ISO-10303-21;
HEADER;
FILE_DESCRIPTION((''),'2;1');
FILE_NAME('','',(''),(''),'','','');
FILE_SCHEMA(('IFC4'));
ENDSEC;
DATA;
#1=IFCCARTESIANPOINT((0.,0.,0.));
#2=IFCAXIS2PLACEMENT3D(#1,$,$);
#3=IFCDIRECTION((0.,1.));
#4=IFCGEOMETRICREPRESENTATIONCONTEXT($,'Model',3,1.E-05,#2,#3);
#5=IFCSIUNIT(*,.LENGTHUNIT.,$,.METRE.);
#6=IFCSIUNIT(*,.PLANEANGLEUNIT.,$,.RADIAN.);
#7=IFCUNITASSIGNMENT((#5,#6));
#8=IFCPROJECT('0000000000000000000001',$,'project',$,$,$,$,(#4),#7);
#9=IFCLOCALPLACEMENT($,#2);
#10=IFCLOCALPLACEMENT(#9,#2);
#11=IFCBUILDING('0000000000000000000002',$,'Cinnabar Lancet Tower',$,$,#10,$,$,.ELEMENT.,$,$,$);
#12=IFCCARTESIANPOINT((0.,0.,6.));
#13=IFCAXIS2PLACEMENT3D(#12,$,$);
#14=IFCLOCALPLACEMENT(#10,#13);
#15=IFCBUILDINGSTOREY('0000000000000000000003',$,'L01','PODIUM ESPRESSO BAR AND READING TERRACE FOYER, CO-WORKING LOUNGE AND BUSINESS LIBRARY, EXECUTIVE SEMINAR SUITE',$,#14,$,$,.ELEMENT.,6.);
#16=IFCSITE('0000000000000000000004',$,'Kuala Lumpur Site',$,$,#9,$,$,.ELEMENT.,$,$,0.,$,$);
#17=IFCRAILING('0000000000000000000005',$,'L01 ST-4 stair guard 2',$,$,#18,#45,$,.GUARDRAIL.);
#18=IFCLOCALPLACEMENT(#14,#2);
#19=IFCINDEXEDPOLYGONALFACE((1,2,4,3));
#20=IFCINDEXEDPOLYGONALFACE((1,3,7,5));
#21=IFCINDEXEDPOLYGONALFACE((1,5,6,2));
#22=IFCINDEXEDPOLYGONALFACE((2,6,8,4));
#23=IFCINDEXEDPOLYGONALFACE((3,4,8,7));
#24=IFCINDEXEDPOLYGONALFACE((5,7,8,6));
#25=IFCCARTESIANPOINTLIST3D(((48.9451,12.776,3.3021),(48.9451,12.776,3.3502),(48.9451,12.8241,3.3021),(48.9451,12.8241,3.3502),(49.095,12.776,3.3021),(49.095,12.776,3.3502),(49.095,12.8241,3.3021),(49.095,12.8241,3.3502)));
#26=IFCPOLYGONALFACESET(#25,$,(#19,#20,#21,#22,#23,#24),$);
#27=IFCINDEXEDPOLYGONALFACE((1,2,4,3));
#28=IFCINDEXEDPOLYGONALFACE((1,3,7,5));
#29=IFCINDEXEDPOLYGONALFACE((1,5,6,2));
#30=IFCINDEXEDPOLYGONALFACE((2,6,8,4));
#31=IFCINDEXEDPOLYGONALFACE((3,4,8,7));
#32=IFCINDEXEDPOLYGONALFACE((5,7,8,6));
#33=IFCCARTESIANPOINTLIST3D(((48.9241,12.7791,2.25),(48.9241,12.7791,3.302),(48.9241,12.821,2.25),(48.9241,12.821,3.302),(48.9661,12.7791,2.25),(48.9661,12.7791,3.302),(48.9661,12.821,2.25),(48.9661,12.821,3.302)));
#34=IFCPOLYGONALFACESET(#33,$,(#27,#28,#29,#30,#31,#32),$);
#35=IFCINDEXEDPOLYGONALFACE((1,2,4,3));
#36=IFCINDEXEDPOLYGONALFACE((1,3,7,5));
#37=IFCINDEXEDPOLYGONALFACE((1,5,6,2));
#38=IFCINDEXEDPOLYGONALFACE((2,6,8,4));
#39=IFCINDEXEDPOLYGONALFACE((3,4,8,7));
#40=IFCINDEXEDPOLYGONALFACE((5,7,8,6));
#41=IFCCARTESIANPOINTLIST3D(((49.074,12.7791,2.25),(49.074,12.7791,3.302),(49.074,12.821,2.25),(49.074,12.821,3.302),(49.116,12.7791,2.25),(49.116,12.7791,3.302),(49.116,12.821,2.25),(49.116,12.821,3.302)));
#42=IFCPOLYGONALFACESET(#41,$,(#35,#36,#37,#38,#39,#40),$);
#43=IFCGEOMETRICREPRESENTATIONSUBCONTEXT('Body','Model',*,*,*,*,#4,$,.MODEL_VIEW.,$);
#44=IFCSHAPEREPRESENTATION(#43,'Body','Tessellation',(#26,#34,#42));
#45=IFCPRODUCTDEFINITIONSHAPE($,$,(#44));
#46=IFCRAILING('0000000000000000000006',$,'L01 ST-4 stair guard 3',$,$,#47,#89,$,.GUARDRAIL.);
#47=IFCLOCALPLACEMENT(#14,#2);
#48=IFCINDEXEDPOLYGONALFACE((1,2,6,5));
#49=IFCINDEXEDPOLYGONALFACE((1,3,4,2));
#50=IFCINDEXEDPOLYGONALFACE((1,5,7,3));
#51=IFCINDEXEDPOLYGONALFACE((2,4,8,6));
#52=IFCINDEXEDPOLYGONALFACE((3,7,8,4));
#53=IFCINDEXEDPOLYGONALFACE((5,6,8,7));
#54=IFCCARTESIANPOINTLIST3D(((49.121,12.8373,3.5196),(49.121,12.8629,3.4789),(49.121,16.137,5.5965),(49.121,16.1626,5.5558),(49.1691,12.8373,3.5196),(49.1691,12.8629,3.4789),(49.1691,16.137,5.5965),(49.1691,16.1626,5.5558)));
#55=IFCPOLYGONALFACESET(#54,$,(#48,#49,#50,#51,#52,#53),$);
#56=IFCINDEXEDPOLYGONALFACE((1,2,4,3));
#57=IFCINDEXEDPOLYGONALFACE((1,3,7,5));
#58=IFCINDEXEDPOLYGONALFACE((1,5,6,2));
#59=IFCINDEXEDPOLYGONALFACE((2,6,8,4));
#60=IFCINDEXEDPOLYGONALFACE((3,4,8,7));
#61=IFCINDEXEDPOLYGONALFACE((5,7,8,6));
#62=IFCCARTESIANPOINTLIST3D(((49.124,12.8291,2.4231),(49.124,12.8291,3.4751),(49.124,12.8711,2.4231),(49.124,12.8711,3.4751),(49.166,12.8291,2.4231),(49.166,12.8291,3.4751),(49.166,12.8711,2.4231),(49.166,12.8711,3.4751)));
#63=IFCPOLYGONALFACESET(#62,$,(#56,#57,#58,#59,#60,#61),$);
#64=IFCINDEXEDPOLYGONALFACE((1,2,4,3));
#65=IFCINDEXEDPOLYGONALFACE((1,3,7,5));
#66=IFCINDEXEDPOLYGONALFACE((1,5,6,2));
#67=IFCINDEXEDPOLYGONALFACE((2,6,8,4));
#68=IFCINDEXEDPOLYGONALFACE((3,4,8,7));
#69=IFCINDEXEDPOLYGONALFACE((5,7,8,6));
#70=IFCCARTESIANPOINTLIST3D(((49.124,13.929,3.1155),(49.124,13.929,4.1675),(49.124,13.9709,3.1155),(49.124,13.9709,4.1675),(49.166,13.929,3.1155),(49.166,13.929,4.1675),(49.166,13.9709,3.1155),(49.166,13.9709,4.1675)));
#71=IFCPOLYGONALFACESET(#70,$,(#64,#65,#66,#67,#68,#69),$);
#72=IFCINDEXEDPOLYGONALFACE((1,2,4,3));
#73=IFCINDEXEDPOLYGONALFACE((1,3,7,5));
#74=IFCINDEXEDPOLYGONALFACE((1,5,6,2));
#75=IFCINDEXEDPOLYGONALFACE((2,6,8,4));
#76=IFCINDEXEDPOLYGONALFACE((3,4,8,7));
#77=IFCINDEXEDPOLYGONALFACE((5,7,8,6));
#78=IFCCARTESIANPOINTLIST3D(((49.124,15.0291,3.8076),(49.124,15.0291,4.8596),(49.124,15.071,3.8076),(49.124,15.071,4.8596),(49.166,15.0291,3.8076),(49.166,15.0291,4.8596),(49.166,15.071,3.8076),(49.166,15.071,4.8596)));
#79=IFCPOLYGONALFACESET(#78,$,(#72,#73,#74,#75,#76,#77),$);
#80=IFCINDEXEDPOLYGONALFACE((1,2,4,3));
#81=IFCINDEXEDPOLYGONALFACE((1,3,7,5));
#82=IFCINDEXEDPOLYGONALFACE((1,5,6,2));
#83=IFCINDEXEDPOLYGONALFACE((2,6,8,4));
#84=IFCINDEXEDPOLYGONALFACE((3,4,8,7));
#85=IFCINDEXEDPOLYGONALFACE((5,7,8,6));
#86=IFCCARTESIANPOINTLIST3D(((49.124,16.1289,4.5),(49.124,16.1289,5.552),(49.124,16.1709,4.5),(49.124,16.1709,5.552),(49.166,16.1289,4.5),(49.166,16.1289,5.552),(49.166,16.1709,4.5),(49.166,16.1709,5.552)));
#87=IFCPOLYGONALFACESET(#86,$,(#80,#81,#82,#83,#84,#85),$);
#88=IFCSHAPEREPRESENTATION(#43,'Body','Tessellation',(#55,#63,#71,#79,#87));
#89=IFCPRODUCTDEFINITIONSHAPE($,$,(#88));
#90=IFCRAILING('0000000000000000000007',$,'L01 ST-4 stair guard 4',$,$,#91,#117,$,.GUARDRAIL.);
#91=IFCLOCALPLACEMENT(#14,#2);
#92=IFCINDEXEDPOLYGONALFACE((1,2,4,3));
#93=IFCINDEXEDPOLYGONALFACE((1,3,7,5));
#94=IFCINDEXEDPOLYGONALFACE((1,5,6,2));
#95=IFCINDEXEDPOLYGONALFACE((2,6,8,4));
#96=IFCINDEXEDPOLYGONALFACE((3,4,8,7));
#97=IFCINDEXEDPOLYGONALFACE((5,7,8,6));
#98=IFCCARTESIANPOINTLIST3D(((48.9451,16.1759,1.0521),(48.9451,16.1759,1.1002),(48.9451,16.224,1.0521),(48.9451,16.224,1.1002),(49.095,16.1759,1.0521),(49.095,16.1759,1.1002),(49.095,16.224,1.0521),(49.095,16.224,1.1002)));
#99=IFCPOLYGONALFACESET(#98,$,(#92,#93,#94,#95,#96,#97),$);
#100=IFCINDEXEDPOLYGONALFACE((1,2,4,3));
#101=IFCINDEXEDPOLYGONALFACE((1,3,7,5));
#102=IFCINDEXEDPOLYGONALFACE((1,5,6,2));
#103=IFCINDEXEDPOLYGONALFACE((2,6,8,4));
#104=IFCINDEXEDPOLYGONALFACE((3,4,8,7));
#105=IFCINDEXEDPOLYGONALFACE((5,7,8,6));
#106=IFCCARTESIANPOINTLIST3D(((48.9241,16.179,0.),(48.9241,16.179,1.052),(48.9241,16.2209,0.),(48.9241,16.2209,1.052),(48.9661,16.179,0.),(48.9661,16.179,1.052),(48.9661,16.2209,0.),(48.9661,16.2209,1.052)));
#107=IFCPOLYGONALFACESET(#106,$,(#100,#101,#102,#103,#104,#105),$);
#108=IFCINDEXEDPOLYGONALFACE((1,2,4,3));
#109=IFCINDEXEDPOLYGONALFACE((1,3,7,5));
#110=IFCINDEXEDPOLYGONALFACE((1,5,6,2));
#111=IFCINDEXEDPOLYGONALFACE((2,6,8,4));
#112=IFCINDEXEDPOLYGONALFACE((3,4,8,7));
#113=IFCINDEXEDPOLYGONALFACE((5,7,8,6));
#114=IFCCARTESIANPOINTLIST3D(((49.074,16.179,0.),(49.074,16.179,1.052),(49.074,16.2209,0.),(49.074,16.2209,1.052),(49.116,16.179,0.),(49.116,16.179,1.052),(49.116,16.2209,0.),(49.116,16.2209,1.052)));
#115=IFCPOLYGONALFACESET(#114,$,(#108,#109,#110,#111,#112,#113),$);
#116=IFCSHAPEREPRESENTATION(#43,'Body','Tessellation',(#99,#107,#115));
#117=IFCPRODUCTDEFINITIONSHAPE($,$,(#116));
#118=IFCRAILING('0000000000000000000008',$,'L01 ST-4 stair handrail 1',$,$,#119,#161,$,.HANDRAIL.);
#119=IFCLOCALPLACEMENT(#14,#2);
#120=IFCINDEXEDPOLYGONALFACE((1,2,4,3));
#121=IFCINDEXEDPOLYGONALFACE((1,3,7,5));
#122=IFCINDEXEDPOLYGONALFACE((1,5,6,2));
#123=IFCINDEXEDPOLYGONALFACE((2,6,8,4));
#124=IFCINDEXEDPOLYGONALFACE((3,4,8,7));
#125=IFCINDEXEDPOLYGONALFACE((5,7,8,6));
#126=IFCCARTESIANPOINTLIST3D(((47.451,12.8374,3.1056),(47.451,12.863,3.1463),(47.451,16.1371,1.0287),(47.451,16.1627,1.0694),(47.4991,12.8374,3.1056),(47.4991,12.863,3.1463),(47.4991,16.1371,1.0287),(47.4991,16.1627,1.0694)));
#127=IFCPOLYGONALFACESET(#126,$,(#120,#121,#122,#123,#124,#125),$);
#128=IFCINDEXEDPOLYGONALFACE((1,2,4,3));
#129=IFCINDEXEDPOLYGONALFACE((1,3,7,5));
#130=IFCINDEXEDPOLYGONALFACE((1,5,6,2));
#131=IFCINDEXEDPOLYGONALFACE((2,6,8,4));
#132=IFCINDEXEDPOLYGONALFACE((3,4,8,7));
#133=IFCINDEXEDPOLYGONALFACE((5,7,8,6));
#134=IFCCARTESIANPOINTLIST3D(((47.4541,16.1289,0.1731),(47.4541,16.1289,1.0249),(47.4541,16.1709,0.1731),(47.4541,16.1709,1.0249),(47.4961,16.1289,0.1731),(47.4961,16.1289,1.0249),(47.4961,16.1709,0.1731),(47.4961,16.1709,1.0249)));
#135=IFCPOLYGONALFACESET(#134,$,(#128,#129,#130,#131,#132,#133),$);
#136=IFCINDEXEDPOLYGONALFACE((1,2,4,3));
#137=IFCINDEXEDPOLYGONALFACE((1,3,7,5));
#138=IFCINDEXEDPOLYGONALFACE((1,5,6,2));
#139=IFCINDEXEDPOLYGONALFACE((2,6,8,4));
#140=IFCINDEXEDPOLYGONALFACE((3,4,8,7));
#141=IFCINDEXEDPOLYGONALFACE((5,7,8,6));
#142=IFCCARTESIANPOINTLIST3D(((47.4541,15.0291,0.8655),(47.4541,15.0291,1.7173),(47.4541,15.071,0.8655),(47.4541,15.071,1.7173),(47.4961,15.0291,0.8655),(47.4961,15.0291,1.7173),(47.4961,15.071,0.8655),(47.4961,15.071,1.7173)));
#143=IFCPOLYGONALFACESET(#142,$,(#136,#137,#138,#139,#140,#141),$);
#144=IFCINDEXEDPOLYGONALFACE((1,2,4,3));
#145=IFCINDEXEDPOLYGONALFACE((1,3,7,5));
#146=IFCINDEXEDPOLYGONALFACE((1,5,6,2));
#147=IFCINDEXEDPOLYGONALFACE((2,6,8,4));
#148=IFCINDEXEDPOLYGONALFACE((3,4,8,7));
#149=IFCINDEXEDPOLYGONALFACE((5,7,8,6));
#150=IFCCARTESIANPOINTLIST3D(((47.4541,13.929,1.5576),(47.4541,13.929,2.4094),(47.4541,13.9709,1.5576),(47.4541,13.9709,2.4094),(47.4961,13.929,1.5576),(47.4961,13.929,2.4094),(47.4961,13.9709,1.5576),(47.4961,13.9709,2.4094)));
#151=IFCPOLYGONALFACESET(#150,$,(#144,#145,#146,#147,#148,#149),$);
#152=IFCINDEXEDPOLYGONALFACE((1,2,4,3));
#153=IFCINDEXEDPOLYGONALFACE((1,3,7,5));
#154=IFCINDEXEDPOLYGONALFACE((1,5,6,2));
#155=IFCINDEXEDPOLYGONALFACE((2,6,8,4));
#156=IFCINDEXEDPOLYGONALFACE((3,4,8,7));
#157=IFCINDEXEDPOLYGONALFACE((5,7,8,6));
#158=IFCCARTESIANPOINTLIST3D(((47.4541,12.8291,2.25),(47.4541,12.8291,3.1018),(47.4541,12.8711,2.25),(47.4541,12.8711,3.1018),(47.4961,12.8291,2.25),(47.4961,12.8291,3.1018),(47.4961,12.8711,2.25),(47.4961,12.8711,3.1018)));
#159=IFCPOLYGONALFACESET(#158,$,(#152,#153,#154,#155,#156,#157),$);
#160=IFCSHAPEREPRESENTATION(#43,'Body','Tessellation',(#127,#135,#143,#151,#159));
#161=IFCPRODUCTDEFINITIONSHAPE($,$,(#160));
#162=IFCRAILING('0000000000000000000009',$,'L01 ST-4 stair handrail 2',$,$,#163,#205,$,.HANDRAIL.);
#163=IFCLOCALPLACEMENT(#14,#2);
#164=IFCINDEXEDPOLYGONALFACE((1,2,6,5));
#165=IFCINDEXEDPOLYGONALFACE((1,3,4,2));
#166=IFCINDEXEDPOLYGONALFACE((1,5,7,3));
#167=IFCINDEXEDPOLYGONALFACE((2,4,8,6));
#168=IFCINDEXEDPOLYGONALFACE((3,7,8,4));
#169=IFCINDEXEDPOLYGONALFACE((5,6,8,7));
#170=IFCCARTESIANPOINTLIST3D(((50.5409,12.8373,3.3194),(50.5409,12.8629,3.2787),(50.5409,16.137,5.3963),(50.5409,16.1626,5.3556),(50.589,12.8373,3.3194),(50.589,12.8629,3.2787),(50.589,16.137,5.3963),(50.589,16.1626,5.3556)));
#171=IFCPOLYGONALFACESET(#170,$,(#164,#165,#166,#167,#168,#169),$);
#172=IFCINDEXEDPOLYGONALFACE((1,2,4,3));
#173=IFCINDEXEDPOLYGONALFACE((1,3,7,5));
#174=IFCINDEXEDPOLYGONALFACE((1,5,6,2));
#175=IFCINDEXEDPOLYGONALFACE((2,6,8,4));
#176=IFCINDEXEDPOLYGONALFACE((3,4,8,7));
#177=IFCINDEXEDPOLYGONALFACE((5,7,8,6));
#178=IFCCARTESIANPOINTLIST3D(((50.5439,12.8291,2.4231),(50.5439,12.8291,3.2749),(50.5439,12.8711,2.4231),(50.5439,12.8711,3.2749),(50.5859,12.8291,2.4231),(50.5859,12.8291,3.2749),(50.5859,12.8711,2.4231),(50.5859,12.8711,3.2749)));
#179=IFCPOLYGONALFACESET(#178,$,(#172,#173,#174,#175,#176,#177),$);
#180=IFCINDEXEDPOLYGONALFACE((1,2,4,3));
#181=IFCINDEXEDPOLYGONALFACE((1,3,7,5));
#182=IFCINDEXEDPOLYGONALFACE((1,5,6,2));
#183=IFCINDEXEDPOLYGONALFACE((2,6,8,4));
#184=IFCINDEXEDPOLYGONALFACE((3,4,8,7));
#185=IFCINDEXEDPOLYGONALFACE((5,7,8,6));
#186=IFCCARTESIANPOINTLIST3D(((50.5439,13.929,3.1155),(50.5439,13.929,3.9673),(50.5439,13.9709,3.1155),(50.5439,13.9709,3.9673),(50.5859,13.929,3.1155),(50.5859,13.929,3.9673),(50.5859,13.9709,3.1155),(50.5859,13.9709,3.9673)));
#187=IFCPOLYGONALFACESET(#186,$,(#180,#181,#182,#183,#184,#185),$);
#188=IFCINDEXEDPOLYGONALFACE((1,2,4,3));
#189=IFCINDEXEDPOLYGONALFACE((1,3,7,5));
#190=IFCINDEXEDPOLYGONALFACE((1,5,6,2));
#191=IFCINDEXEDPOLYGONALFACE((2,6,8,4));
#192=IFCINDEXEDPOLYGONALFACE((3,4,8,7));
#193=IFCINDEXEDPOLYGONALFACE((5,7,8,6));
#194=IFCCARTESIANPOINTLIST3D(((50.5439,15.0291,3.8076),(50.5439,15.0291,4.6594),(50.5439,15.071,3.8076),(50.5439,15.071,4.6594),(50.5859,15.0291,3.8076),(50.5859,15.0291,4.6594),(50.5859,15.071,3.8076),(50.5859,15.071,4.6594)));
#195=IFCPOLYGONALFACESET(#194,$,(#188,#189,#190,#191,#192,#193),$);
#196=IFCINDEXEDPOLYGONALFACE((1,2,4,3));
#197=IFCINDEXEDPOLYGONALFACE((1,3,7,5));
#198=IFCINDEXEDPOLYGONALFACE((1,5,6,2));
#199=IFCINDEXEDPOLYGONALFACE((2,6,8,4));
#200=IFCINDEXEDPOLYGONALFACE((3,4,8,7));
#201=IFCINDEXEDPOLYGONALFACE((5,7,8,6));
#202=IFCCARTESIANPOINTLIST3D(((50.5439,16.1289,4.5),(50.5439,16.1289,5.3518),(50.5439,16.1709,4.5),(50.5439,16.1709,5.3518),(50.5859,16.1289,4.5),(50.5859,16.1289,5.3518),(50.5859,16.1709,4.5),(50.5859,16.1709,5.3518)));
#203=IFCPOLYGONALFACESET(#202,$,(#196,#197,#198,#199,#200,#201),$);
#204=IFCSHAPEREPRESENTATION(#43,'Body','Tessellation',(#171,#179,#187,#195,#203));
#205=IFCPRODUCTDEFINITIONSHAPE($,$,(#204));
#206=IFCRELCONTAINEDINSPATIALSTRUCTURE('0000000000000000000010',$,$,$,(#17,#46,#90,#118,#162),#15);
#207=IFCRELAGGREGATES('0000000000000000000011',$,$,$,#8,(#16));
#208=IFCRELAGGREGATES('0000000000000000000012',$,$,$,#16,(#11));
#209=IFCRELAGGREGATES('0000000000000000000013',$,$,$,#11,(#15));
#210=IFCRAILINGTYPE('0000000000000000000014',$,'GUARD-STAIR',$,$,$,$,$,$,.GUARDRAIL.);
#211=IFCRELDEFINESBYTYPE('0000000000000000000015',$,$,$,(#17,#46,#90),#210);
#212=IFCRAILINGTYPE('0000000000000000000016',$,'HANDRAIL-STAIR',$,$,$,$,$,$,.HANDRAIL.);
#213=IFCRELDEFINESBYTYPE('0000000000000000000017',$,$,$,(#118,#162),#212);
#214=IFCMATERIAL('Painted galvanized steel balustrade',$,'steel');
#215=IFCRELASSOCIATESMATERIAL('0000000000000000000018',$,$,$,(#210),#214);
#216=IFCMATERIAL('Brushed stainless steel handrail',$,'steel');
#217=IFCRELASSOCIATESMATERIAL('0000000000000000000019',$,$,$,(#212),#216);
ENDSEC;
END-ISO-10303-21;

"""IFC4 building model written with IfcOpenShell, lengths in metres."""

from ifc_helpers import new_model, si_unit, direction, frame, origin, origin_2d, place, context, subcontext, project, spatial, rectangle, extrude, material, type_object, element, save


model = new_model("IFC4")

# Units and contexts
model_context = context("Model", 3, precision=1e-05, world=origin(), true_north=direction((0.0, 1.0)))
body_context = subcontext(model_context, "Body", "Model", "MODEL_VIEW")
ifc_project = project(units=[si_unit("LENGTHUNIT", "METRE"), si_unit("PLANEANGLEUNIT", "RADIAN")], contexts=[model_context])

# Site, building, storey
site_placement = place(None, origin())
site = spatial("IfcSite", under=ifc_project, at=site_placement, Name="Kuala Lumpur Site", CompositionType="ELEMENT", RefElevation=0.0)
building_placement = place(site_placement, origin())
building = spatial("IfcBuilding", under=site, at=building_placement, Name="Cinnabar Lancet Tower", CompositionType="ELEMENT")
storey_placement = place(building_placement, frame((0.0, 0.0, 6.0)))
storey = spatial("IfcBuildingStorey", under=building, at=storey_placement, Name="L01", Description="PODIUM ESPRESSO BAR AND READING TERRACE FOYER, CO-WORKING LOUNGE AND BUSINESS LIBRARY, EXECUTIVE SEMINAR SUITE", CompositionType="ELEMENT", Elevation=6.0)

# Railings
ifc_material_1 = material(Name="Painted galvanized steel balustrade", Category="steel")
railing_type_1 = type_object("IfcRailingType", Name="GUARD-STAIR", PredefinedType="GUARDRAIL", material=ifc_material_1)
railing_1_placement = place(storey_placement, frame((48.9451, 12.8, 2.25)))
element("IfcRailing", 1, at=railing_1_placement, inside=storey, type_object=railing_type_1, Name="L01 ST-4 stair guard 2", PredefinedType="GUARDRAIL", context=body_context, shape_type="SweptSolid", body=[
    extrude(rectangle(XDim=0.0481, YDim=0.0481, at=origin_2d()), frame((0.0, 0.0, 1.0762), z_axis=(1.0, 0.0, 0.0), x_axis=(0.0, 1.0, 0.0)), (0.0, 0.0, 1.0), 0.1499),
    extrude(rectangle(XDim=0.042, YDim=0.042, at=origin_2d()), origin(), (0.0, 0.0, 1.0), 1.052),
    extrude(rectangle(XDim=0.042, YDim=0.042, at=origin_2d()), frame((0.1499, 0.0, 0.0)), (0.0, 0.0, 1.0), 1.052),
])
railing_2_placement = place(storey_placement, frame((49.145, 12.8501, 2.4231)))
element("IfcRailing", 2, at=railing_2_placement, inside=storey, type_object=railing_type_1, Name="L01 ST-4 stair guard 3", PredefinedType="GUARDRAIL", context=body_context, shape_type="SweptSolid", body=[
    extrude(rectangle(XDim=0.0481, YDim=0.0481, at=origin_2d()), frame((0.0, 0.0, 1.0762), z_axis=(0.0, 0.84632, 0.532675), x_axis=(-1.0, 0.0, 0.0)), (0.0, 0.0, 1.0), 3.8989),
    extrude(rectangle(XDim=0.042, YDim=0.042, at=origin_2d()), origin(), (0.0, 0.0, 1.0), 1.052),
    extrude(rectangle(XDim=0.042, YDim=0.042, at=origin_2d()), frame((0.0, 1.0999, 0.6924)), (0.0, 0.0, 1.0), 1.052),
    extrude(rectangle(XDim=0.042, YDim=0.042, at=origin_2d()), frame((0.0, 2.2, 1.3845)), (0.0, 0.0, 1.0), 1.052),
    extrude(rectangle(XDim=0.042, YDim=0.042, at=origin_2d()), frame((0.0, 3.2998, 2.0769)), (0.0, 0.0, 1.0), 1.052),
])
railing_3_placement = place(storey_placement, frame((48.9451, 16.2, 0.0)))
element("IfcRailing", 3, at=railing_3_placement, inside=storey, type_object=railing_type_1, Name="L01 ST-4 stair guard 4", PredefinedType="GUARDRAIL", context=body_context, shape_type="SweptSolid", body=[
    extrude(rectangle(XDim=0.0481, YDim=0.0481, at=origin_2d()), frame((0.0, 0.0, 1.0762), z_axis=(1.0, 0.0, 0.0), x_axis=(0.0, 1.0, 0.0)), (0.0, 0.0, 1.0), 0.1499),
    extrude(rectangle(XDim=0.042, YDim=0.042, at=origin_2d()), origin(), (0.0, 0.0, 1.0), 1.052),
    extrude(rectangle(XDim=0.042, YDim=0.042, at=origin_2d()), frame((0.1499, 0.0, 0.0)), (0.0, 0.0, 1.0), 1.052),
])
ifc_material_2 = material(Name="Brushed stainless steel handrail", Category="steel")
railing_type_2 = type_object("IfcRailingType", Name="HANDRAIL-STAIR", PredefinedType="HANDRAIL", material=ifc_material_2)
railing_4_placement = place(storey_placement, frame((47.4751, 16.1499, 0.1731)))
element("IfcRailing", 4, at=railing_4_placement, inside=storey, type_object=railing_type_2, Name="L01 ST-4 stair handrail 1", PredefinedType="HANDRAIL", context=body_context, shape_type="SweptSolid", body=[
    extrude(rectangle(XDim=0.0481, YDim=0.0481, at=origin_2d()), frame((0.0, 0.0, 0.876), z_axis=(0.0, -0.84632, 0.532675), x_axis=(1.0, 0.0, 0.0)), (0.0, 0.0, 1.0), 3.8989),
    extrude(rectangle(XDim=0.042, YDim=0.042, at=origin_2d()), origin(), (0.0, 0.0, 1.0), 0.8518),
    extrude(rectangle(XDim=0.042, YDim=0.042, at=origin_2d()), frame((0.0, -1.0999, 0.6924)), (0.0, 0.0, 1.0), 0.8518),
    extrude(rectangle(XDim=0.042, YDim=0.042, at=origin_2d()), frame((0.0, -2.2, 1.3845)), (0.0, 0.0, 1.0), 0.8518),
    extrude(rectangle(XDim=0.042, YDim=0.042, at=origin_2d()), frame((0.0, -3.2998, 2.0769)), (0.0, 0.0, 1.0), 0.8518),
])
railing_5_placement = place(storey_placement, frame((50.5649, 12.8501, 2.4231)))
element("IfcRailing", 5, at=railing_5_placement, inside=storey, type_object=railing_type_2, Name="L01 ST-4 stair handrail 2", PredefinedType="HANDRAIL", context=body_context, shape_type="SweptSolid", body=[
    extrude(rectangle(XDim=0.0481, YDim=0.0481, at=origin_2d()), frame((0.0, 0.0, 0.876), z_axis=(0.0, 0.84632, 0.532675), x_axis=(-1.0, 0.0, 0.0)), (0.0, 0.0, 1.0), 3.8989),
    extrude(rectangle(XDim=0.042, YDim=0.042, at=origin_2d()), origin(), (0.0, 0.0, 1.0), 0.8518),
    extrude(rectangle(XDim=0.042, YDim=0.042, at=origin_2d()), frame((0.0, 1.0999, 0.6924)), (0.0, 0.0, 1.0), 0.8518),
    extrude(rectangle(XDim=0.042, YDim=0.042, at=origin_2d()), frame((0.0, 2.2, 1.3845)), (0.0, 0.0, 1.0), 0.8518),
    extrude(rectangle(XDim=0.042, YDim=0.042, at=origin_2d()), frame((0.0, 3.2998, 2.0769)), (0.0, 0.0, 1.0), 0.8518),
])

save(model, "model.ifc")
